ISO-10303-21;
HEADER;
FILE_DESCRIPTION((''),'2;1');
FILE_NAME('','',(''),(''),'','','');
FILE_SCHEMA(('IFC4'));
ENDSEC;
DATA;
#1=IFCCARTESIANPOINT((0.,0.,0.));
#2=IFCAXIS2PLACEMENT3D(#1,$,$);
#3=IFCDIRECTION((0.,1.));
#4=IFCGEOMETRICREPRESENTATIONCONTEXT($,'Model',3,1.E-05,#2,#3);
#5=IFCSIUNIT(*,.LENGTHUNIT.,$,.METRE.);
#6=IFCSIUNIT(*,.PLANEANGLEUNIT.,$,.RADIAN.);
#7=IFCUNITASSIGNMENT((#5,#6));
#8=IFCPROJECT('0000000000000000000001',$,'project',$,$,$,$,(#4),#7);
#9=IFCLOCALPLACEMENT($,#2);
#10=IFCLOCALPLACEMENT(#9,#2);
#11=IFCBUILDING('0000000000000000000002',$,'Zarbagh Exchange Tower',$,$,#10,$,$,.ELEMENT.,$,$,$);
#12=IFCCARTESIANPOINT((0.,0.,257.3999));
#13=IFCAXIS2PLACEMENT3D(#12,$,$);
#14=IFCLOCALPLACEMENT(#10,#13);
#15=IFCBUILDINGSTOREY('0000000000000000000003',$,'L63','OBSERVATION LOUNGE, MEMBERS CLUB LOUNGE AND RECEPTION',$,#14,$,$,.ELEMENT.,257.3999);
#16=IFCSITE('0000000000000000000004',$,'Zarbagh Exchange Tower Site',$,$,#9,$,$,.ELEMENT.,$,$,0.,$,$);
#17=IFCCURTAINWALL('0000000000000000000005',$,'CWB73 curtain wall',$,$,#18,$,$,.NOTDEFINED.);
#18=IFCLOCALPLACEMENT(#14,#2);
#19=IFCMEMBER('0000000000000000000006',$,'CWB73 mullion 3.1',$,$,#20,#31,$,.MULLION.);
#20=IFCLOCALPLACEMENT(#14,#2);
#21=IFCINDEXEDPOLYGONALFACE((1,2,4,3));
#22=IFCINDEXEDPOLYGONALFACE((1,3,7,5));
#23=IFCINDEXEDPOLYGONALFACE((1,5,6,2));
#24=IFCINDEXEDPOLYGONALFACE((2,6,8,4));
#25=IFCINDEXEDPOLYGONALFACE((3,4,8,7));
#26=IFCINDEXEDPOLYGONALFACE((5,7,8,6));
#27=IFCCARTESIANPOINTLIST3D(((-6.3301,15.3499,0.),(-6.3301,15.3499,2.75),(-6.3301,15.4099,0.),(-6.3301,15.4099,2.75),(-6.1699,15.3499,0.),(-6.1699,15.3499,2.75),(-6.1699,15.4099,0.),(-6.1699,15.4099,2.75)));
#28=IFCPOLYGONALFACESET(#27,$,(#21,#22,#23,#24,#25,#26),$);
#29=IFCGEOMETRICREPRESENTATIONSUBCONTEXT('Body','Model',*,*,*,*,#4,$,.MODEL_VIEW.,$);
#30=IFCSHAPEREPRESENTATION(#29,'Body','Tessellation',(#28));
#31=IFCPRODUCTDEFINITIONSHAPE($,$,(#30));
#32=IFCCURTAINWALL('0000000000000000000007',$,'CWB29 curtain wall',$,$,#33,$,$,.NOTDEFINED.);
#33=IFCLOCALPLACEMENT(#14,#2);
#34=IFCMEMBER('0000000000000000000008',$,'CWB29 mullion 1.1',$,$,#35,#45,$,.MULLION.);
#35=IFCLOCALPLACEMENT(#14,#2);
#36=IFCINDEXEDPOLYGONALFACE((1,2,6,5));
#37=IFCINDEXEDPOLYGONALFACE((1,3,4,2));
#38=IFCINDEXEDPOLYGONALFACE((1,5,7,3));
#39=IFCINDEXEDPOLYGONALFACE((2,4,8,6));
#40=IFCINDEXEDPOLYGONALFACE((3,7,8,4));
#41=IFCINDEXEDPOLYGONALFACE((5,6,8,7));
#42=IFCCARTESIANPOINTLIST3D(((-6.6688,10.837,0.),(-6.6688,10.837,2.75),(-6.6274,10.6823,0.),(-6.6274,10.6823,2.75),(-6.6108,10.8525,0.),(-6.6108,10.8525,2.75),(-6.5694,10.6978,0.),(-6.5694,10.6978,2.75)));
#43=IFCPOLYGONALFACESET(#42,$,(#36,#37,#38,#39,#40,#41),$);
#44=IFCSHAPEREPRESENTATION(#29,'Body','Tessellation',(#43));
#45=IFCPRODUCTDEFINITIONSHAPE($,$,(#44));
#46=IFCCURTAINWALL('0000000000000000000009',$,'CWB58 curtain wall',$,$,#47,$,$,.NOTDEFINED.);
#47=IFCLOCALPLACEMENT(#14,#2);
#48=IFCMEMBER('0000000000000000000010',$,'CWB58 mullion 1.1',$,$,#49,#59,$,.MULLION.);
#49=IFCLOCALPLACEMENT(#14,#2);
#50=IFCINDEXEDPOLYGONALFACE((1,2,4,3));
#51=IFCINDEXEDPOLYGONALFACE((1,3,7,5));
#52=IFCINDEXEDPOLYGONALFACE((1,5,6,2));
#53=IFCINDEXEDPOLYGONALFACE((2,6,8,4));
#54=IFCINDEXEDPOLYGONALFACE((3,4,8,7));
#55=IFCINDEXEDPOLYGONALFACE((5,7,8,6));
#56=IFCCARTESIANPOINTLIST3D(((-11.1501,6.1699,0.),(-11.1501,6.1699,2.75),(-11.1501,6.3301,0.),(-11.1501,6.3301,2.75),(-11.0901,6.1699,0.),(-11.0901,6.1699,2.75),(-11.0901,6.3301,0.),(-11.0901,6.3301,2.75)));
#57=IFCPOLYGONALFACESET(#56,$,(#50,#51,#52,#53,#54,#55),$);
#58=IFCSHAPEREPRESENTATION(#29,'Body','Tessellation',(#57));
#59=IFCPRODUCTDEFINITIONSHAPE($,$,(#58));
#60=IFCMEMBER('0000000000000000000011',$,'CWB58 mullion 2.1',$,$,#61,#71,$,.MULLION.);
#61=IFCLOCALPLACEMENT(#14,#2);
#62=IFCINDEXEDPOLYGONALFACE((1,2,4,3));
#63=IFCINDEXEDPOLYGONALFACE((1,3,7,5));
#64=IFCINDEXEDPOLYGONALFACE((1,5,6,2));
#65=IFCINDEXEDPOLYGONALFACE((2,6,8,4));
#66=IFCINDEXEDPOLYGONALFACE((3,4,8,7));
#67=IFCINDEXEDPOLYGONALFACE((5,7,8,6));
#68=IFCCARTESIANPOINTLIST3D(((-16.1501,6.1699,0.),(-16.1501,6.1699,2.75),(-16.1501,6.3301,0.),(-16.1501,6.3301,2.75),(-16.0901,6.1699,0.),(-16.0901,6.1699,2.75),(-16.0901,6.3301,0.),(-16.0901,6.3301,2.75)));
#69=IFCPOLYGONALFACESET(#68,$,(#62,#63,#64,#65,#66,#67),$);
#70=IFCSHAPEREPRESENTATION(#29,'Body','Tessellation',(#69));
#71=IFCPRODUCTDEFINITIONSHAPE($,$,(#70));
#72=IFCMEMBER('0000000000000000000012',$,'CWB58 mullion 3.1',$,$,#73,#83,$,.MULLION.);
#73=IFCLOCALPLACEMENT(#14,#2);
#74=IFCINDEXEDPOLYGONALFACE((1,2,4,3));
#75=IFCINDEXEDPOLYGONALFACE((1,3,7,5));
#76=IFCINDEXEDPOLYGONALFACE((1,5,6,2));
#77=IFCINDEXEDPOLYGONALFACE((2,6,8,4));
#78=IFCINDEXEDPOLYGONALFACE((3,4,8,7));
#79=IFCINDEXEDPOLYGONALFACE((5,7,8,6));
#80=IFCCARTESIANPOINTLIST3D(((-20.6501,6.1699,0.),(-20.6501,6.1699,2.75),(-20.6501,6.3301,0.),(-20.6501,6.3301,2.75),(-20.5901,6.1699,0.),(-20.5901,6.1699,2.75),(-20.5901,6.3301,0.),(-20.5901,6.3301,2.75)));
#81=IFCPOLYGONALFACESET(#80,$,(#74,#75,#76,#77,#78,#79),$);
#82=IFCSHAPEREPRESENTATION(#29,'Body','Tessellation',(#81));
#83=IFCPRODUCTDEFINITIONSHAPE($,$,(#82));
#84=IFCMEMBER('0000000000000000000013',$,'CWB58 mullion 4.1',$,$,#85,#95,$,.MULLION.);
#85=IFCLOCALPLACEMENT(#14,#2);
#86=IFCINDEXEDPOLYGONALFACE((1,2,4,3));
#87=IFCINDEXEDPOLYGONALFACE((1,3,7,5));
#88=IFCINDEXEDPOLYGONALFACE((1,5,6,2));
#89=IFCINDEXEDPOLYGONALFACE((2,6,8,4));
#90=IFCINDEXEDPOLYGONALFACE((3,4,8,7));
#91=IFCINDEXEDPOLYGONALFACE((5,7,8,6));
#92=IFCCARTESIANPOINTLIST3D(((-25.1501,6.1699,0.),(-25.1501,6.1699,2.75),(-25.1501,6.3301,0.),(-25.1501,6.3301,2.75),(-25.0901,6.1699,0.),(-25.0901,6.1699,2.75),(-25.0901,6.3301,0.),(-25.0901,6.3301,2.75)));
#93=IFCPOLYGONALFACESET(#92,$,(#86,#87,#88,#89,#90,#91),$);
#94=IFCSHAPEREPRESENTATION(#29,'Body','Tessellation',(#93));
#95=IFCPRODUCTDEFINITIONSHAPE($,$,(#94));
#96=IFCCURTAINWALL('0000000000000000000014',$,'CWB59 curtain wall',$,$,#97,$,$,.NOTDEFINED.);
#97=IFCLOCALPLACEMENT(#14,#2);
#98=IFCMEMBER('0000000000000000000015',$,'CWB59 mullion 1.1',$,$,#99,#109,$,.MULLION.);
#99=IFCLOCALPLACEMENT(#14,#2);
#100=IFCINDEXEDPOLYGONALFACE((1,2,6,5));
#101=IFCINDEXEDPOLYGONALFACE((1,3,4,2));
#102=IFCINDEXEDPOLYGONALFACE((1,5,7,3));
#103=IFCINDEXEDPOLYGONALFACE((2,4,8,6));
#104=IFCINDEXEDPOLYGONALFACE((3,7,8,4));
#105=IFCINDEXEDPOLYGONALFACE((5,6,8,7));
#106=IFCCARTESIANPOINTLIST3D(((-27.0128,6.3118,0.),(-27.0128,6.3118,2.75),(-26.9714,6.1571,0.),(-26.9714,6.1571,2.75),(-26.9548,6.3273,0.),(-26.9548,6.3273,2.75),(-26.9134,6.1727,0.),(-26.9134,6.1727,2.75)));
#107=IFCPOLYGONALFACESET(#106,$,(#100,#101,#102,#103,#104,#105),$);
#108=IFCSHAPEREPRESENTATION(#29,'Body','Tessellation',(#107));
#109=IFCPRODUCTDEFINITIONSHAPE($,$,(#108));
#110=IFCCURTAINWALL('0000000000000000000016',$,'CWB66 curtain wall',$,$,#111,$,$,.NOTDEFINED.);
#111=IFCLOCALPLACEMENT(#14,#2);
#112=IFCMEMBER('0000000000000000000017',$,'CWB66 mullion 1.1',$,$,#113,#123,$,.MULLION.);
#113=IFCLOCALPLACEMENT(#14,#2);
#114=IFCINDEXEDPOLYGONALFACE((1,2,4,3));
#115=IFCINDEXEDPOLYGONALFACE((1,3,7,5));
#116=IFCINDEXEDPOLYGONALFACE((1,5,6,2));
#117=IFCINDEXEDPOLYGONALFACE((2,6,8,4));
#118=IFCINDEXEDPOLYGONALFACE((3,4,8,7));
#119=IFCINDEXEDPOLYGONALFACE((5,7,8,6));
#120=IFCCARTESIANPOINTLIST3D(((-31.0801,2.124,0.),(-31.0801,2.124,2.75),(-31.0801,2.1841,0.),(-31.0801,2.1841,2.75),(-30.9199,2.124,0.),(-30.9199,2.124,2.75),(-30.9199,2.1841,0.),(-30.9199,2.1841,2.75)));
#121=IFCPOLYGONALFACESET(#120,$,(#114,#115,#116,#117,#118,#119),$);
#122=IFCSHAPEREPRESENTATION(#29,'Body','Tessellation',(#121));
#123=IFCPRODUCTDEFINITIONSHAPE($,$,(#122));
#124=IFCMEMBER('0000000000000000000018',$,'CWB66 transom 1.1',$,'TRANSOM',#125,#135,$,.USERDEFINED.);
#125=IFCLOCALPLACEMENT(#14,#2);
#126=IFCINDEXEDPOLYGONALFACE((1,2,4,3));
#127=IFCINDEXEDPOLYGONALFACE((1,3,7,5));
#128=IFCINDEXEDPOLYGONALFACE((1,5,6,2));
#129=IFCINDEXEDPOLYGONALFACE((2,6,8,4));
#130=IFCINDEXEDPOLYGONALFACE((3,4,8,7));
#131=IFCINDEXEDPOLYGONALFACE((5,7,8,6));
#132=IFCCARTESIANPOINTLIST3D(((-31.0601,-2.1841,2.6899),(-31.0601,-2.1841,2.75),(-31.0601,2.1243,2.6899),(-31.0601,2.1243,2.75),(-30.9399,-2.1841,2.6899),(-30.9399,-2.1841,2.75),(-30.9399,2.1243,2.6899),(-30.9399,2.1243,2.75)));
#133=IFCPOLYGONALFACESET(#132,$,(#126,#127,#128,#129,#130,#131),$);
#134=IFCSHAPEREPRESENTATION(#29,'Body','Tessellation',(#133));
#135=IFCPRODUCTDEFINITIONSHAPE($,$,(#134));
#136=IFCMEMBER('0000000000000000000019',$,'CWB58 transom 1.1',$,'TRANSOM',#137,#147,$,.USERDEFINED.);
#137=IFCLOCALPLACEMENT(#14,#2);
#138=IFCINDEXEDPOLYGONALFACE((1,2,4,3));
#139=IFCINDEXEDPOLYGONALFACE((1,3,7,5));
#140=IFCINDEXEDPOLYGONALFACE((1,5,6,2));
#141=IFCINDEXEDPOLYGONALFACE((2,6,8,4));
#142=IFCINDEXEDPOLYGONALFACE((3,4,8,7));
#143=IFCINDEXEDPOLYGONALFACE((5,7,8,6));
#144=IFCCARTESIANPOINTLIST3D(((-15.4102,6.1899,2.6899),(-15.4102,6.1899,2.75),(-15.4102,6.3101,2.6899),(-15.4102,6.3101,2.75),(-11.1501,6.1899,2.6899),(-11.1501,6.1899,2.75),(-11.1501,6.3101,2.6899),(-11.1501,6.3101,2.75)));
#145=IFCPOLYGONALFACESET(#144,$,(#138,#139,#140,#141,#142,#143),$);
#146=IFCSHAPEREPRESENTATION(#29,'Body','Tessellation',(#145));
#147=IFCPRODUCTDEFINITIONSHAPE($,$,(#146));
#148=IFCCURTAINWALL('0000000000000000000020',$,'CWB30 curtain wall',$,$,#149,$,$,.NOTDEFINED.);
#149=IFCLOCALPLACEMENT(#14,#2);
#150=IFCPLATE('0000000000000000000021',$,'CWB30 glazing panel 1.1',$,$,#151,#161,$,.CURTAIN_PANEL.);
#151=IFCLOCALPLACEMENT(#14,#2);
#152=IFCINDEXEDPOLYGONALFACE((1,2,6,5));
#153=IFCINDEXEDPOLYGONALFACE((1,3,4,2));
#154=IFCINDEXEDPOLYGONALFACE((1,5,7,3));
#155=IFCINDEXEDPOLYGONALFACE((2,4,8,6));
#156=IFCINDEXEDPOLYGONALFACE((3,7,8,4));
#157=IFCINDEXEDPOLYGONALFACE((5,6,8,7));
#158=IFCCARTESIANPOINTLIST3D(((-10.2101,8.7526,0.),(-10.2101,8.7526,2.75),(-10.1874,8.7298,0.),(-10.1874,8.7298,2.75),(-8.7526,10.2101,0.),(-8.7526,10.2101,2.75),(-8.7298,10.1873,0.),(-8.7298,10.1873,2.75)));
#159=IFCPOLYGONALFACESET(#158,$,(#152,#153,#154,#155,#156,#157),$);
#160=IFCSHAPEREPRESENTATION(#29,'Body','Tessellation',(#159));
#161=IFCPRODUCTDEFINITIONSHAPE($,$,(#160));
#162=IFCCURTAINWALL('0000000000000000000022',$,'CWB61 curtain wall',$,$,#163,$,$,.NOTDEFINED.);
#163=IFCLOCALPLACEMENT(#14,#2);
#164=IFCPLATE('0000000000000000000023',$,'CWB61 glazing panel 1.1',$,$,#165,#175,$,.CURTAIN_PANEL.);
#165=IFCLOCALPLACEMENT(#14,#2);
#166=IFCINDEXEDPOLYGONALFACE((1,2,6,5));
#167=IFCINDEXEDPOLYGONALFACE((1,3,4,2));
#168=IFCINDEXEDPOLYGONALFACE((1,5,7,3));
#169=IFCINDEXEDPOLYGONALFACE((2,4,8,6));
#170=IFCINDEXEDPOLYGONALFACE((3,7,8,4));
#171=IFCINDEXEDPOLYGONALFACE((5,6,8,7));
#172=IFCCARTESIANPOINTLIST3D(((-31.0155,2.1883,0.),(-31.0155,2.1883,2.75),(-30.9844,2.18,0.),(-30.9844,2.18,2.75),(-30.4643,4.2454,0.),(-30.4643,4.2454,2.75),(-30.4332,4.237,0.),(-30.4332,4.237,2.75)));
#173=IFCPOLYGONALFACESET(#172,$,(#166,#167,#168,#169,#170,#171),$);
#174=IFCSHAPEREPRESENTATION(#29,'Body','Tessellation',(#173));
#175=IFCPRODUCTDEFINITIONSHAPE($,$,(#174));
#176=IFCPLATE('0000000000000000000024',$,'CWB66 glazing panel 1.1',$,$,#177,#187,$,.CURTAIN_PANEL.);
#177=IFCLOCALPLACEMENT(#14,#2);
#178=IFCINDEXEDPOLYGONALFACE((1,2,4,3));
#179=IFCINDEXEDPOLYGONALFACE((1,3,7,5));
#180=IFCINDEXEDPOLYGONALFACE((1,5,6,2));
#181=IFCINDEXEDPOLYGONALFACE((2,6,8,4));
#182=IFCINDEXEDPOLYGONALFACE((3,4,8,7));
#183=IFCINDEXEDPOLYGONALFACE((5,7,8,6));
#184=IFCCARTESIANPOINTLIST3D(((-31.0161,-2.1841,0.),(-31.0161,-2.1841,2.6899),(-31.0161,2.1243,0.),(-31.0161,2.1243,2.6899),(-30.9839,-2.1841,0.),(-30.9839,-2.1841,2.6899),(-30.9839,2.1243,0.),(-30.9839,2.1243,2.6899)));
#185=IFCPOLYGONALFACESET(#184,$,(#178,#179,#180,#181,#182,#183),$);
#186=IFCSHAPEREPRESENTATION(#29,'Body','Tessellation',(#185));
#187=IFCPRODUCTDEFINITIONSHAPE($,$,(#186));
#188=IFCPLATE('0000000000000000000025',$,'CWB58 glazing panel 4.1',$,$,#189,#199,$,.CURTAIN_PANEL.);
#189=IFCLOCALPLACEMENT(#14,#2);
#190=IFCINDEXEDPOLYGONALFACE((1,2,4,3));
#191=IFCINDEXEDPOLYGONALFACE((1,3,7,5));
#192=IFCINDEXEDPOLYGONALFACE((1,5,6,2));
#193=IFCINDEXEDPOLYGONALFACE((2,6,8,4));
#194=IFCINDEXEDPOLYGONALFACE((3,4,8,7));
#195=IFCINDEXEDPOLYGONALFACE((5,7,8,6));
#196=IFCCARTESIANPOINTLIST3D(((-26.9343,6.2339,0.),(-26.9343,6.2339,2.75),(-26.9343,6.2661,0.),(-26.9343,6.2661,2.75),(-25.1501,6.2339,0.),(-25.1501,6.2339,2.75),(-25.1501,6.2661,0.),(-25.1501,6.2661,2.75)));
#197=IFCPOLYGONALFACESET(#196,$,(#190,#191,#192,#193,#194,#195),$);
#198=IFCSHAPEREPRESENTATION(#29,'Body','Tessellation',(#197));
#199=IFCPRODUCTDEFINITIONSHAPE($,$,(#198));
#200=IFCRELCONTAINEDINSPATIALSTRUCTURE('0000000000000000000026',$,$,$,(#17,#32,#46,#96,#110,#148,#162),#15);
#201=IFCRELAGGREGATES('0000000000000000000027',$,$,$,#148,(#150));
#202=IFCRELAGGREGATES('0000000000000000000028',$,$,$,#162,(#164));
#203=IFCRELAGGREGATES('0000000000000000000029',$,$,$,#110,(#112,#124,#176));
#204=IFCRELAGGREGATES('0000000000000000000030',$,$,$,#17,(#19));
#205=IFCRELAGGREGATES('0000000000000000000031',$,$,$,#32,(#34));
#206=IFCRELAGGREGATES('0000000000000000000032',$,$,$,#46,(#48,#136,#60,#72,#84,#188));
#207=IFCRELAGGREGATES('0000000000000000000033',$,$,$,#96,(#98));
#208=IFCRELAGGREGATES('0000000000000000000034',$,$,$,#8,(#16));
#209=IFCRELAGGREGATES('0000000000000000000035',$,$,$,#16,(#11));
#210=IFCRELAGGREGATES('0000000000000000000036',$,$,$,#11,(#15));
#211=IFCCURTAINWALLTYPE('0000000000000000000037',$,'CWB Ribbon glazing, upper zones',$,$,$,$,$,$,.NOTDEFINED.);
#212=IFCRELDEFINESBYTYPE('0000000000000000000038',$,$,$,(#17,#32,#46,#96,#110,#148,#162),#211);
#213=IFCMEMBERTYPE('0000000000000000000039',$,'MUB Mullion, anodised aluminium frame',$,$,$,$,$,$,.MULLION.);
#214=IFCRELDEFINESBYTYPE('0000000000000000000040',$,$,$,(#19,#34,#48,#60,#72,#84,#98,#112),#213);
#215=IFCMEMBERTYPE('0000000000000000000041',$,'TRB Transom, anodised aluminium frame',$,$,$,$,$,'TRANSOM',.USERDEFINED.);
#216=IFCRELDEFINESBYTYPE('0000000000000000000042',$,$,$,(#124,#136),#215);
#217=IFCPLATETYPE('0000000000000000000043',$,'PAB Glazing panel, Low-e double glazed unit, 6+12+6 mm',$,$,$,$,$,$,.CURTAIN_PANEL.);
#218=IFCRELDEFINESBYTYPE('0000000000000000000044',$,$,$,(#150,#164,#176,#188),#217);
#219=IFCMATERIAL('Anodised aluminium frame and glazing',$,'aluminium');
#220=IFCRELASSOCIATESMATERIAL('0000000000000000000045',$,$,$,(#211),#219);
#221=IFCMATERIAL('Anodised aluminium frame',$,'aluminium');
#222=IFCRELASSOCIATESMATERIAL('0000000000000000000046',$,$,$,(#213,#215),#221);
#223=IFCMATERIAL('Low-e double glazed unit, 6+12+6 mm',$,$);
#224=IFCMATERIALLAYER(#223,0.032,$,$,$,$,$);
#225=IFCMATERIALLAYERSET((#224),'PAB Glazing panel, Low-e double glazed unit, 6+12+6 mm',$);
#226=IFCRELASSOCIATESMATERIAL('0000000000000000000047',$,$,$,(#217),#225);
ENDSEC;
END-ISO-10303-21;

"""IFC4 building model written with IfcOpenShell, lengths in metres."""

from ifc_helpers import new_model, si_unit, direction, frame, origin, place, context, subcontext, project, spatial, polyline, outline, extrude, source, transform, mapped, material, layer, layer_set, type_object, element, aggregate, save


model = new_model("IFC4")

# Units and contexts
model_context = context("Model", 3, precision=1e-05, world=origin(), true_north=direction((0.0, 1.0)))
body_context = subcontext(model_context, "Body", "Model", "MODEL_VIEW")
ifc_project = project(units=[si_unit("LENGTHUNIT", "METRE"), si_unit("PLANEANGLEUNIT", "RADIAN")], contexts=[model_context])

# Site, building, storey
site_placement = place(None, origin())
site = spatial("IfcSite", under=ifc_project, at=site_placement, Name="Zarbagh Exchange Tower Site", CompositionType="ELEMENT", RefElevation=0.0)
building_placement = place(site_placement, origin())
building = spatial("IfcBuilding", under=site, at=building_placement, Name="Zarbagh Exchange Tower", CompositionType="ELEMENT")
storey_placement = place(building_placement, frame((0.0, 0.0, 257.3999)))
storey = spatial("IfcBuildingStorey", under=building, at=storey_placement, Name="L63", Description="OBSERVATION LOUNGE, MEMBERS CLUB LOUNGE AND RECEPTION", CompositionType="ELEMENT", Elevation=257.3999)

# Curtain walls, members
ifc_material_1 = material(Name="Anodised aluminium frame and glazing", Category="aluminium")
curtain_wall_type = type_object("IfcCurtainWallType", Name="CWB Ribbon glazing, upper zones", PredefinedType="NOTDEFINED", material=ifc_material_1)
curtain_wall_1_placement = place(storey_placement, origin())
curtain_wall_1 = element("IfcCurtainWall", 1, at=curtain_wall_1_placement, inside=storey, type_object=curtain_wall_type, Name="CWB73 curtain wall", PredefinedType="NOTDEFINED")
ifc_material_2 = material(Name="Anodised aluminium frame", Category="aluminium")
member_type_1 = type_object("IfcMemberType", Name="MUB Mullion, anodised aluminium frame", PredefinedType="MULLION", material=ifc_material_2)
shared_shape_1 = source(origin(), body_context, "Body", "SweptSolid", [
    extrude(outline(polyline([(0.0, -0.0801), (0.0601, -0.0801), (0.0601, 0.0801), (0.0, 0.0801), (0.0, -0.0801)])), origin(), (0.0, 0.0, 1.0), 2.75),
])
placement = place(storey_placement, origin())
member_1 = element("IfcMember", 2, at=placement, type_object=member_type_1, Name="CWB73 mullion 3.1", PredefinedType="MULLION", context=body_context, shape_type="MappedRepresentation", body=[
    mapped(shared_shape_1, transform((-6.25, 15.4099, 0.0), x_axis=(0.0, -1.0, 0.0), y_axis=(1.0, 0.0, 0.0), z_axis=(0.0, 0.0, 1.0))),
])
curtain_wall_2_placement = place(storey_placement, origin())
curtain_wall_2 = element("IfcCurtainWall", 3, at=curtain_wall_2_placement, inside=storey, type_object=curtain_wall_type, Name="CWB29 curtain wall", PredefinedType="NOTDEFINED")
member_2 = element("IfcMember", 4, at=placement, type_object=member_type_1, Name="CWB29 mullion 1.1", PredefinedType="MULLION", context=body_context, shape_type="MappedRepresentation", body=[
    mapped(shared_shape_1, transform((-6.5901, 10.7751, 0.0), x_axis=(-0.965924, -0.258825, 0.0), y_axis=(0.258825, -0.965924, 0.0), z_axis=(0.0, 0.0, 1.0))),
])

# Curtain wall, members
curtain_wall_3_placement = place(storey_placement, origin())
curtain_wall_3 = element("IfcCurtainWall", 5, at=curtain_wall_3_placement, inside=storey, type_object=curtain_wall_type, Name="CWB58 curtain wall", PredefinedType="NOTDEFINED")
member_3 = element("IfcMember", 6, at=placement, type_object=member_type_1, Name="CWB58 mullion 1.1", PredefinedType="MULLION", context=body_context, shape_type="MappedRepresentation", body=[
    mapped(shared_shape_1, transform((-11.0901, 6.25, 0.0), x_axis=(-1.0, 0.0, 0.0), y_axis=(0.0, -1.0, 0.0), z_axis=(0.0, 0.0, 1.0))),
])
member_4 = element("IfcMember", 7, at=placement, type_object=member_type_1, Name="CWB58 mullion 2.1", PredefinedType="MULLION", context=body_context, shape_type="MappedRepresentation", body=[
    mapped(shared_shape_1, transform((-16.0901, 6.25, 0.0), x_axis=(-1.0, 0.0, 0.0), y_axis=(0.0, -1.0, 0.0), z_axis=(0.0, 0.0, 1.0))),
])
member_5 = element("IfcMember", 8, at=placement, type_object=member_type_1, Name="CWB58 mullion 3.1", PredefinedType="MULLION", context=body_context, shape_type="MappedRepresentation", body=[
    mapped(shared_shape_1, transform((-20.5901, 6.25, 0.0), x_axis=(-1.0, 0.0, 0.0), y_axis=(0.0, -1.0, 0.0), z_axis=(0.0, 0.0, 1.0))),
])
member_6 = element("IfcMember", 9, at=placement, type_object=member_type_1, Name="CWB58 mullion 4.1", PredefinedType="MULLION", context=body_context, shape_type="MappedRepresentation", body=[
    mapped(shared_shape_1, transform((-25.0901, 6.25, 0.0), x_axis=(-1.0, 0.0, 0.0), y_axis=(0.0, -1.0, 0.0), z_axis=(0.0, 0.0, 1.0))),
])

# Curtain wall, member
curtain_wall_4_placement = place(storey_placement, origin())
curtain_wall_4 = element("IfcCurtainWall", 10, at=curtain_wall_4_placement, inside=storey, type_object=curtain_wall_type, Name="CWB59 curtain wall", PredefinedType="NOTDEFINED")
member_7 = element("IfcMember", 11, at=placement, type_object=member_type_1, Name="CWB59 mullion 1.1", PredefinedType="MULLION", context=body_context, shape_type="MappedRepresentation", body=[
    mapped(shared_shape_1, transform((-26.9341, 6.25, 0.0), x_axis=(-0.965924, -0.258825, 0.0), y_axis=(0.258825, -0.965924, 0.0), z_axis=(0.0, 0.0, 1.0))),
])

# Curtain wall, members
curtain_wall_5_placement = place(storey_placement, origin())
curtain_wall_5 = element("IfcCurtainWall", 12, at=curtain_wall_5_placement, inside=storey, type_object=curtain_wall_type, Name="CWB66 curtain wall", PredefinedType="NOTDEFINED")
member_8 = element("IfcMember", 13, at=placement, type_object=member_type_1, Name="CWB66 mullion 1.1", PredefinedType="MULLION", context=body_context, shape_type="MappedRepresentation", body=[
    mapped(shared_shape_1, transform((-31.0, 2.1841, 0.0), x_axis=(0.0, -1.0, 0.0), y_axis=(1.0, 0.0, 0.0), z_axis=(0.0, 0.0, 1.0))),
])
member_type_2 = type_object("IfcMemberType", Name="TRB Transom, anodised aluminium frame", ElementType="TRANSOM", PredefinedType="USERDEFINED", material=ifc_material_2)
shared_shape_2 = source(origin(), body_context, "Body", "SweptSolid", [
    extrude(outline(polyline([(-0.0601, -0.0601), (0.0, -0.0601), (0.0, 0.0601), (-0.0601, 0.0601), (-0.0601, -0.0601)])), origin(), (0.0, 0.0, 1.0), 4.3083),
])
member_9 = element("IfcMember", 14, at=placement, type_object=member_type_2, Name="CWB66 transom 1.1", ObjectType="TRANSOM", PredefinedType="USERDEFINED", context=body_context, shape_type="MappedRepresentation", body=[
    mapped(shared_shape_2, transform((-31.0, 2.1243, 2.75), x_axis=(0.0, 0.0, 1.0), y_axis=(-1.0, 0.0, 0.0), z_axis=(0.0, -1.0, 0.0))),
])

# Member
shared_shape_3 = source(origin(), body_context, "Body", "SweptSolid", [
    extrude(outline(polyline([(-0.0601, -0.0601), (0.0, -0.0601), (0.0, 0.0601), (-0.0601, 0.0601), (-0.0601, -0.0601)])), origin(), (0.0, 0.0, 1.0), 4.26),
])
member_10 = element("IfcMember", 15, at=placement, type_object=member_type_2, Name="CWB58 transom 1.1", ObjectType="TRANSOM", PredefinedType="USERDEFINED", context=body_context, shape_type="MappedRepresentation", body=[
    mapped(shared_shape_3, transform((-11.1501, 6.25, 2.75), x_axis=(0.0, 0.0, 1.0), y_axis=(0.0, 1.0, 0.0), z_axis=(-1.0, 0.0, 0.0))),
])

# Curtain walls, plates
curtain_wall_6_placement = place(storey_placement, origin())
curtain_wall_6 = element("IfcCurtainWall", 16, at=curtain_wall_6_placement, inside=storey, type_object=curtain_wall_type, Name="CWB30 curtain wall", PredefinedType="NOTDEFINED")
ifc_material_3 = material(Name="Low-e double glazed unit, 6+12+6 mm")
ifc_layer = layer(ifc_material_3, 0.032)
ifc_layer_set = layer_set([ifc_layer], Name="PAB Glazing panel, Low-e double glazed unit, 6+12+6 mm")
plate_type = type_object("IfcPlateType", Name="PAB Glazing panel, Low-e double glazed unit, 6+12+6 mm", PredefinedType="CURTAIN_PANEL", material=ifc_layer_set)
shared_shape_4 = source(origin(), body_context, "Body", "SweptSolid", [
    extrude(outline(polyline([(0.0, -0.0161), (2.0613, -0.0161), (2.0613, 0.0161), (0.0, 0.0161), (0.0, -0.0161)])), origin(), (0.0, 0.0, 1.0), 2.75),
])
plate_1 = element("IfcPlate", 17, at=placement, type_object=plate_type, Name="CWB30 glazing panel 1.1", PredefinedType="CURTAIN_PANEL", context=body_context, shape_type="MappedRepresentation", body=[
    mapped(shared_shape_4, transform((-8.7412, 10.1987, 0.0), x_axis=(-0.707107, -0.707107, 0.0), y_axis=(0.707107, -0.707107, 0.0), z_axis=(0.0, 0.0, 1.0))),
])
aggregate(curtain_wall_6, [plate_1])
curtain_wall_7_placement = place(storey_placement, origin())
curtain_wall_7 = element("IfcCurtainWall", 18, at=curtain_wall_7_placement, inside=storey, type_object=curtain_wall_type, Name="CWB61 curtain wall", PredefinedType="NOTDEFINED")
shared_shape_5 = source(origin(), body_context, "Body", "SweptSolid", [
    extrude(outline(polyline([(0.0, -0.0161), (2.1296, -0.0161), (2.1296, 0.0161), (0.0, 0.0161), (0.0, -0.0161)])), origin(), (0.0, 0.0, 1.0), 2.75),
])
plate_2 = element("IfcPlate", 19, at=placement, type_object=plate_type, Name="CWB61 glazing panel 1.1", PredefinedType="CURTAIN_PANEL", context=body_context, shape_type="MappedRepresentation", body=[
    mapped(shared_shape_5, transform((-30.4487, 4.2412, 0.0), x_axis=(-0.258825, -0.965924, 0.0), y_axis=(0.965924, -0.258825, 0.0), z_axis=(0.0, 0.0, 1.0))),
])
aggregate(curtain_wall_7, [plate_2])

# Plates
shared_shape_6 = source(origin(), body_context, "Body", "SweptSolid", [
    extrude(outline(polyline([(0.0, -0.0161), (4.3083, -0.0161), (4.3083, 0.0161), (0.0, 0.0161), (0.0, -0.0161)])), origin(), (0.0, 0.0, 1.0), 2.6899),
])
plate_3 = element("IfcPlate", 20, at=placement, type_object=plate_type, Name="CWB66 glazing panel 1.1", PredefinedType="CURTAIN_PANEL", context=body_context, shape_type="MappedRepresentation", body=[
    mapped(shared_shape_6, transform((-31.0, 2.1243, 0.0), x_axis=(0.0, -1.0, 0.0), y_axis=(1.0, 0.0, 0.0), z_axis=(0.0, 0.0, 1.0))),
])
aggregate(curtain_wall_5, [member_8, member_9, plate_3])
shared_shape_7 = source(origin(), body_context, "Body", "SweptSolid", [
    extrude(outline(polyline([(0.0, -0.0161), (1.7842, -0.0161), (1.7842, 0.0161), (0.0, 0.0161), (0.0, -0.0161)])), origin(), (0.0, 0.0, 1.0), 2.75),
])
plate_4 = element("IfcPlate", 21, at=placement, type_object=plate_type, Name="CWB58 glazing panel 4.1", PredefinedType="CURTAIN_PANEL", context=body_context, shape_type="MappedRepresentation", body=[
    mapped(shared_shape_7, transform((-25.1501, 6.25, 0.0), x_axis=(-1.0, 0.0, 0.0), y_axis=(0.0, -1.0, 0.0), z_axis=(0.0, 0.0, 1.0))),
])
aggregate(curtain_wall_1, [member_1])
aggregate(curtain_wall_2, [member_2])

aggregate(curtain_wall_3, [member_3, member_10, member_4, member_5, member_6, plate_4])
aggregate(curtain_wall_4, [member_7])

save(model, "model.ifc")
